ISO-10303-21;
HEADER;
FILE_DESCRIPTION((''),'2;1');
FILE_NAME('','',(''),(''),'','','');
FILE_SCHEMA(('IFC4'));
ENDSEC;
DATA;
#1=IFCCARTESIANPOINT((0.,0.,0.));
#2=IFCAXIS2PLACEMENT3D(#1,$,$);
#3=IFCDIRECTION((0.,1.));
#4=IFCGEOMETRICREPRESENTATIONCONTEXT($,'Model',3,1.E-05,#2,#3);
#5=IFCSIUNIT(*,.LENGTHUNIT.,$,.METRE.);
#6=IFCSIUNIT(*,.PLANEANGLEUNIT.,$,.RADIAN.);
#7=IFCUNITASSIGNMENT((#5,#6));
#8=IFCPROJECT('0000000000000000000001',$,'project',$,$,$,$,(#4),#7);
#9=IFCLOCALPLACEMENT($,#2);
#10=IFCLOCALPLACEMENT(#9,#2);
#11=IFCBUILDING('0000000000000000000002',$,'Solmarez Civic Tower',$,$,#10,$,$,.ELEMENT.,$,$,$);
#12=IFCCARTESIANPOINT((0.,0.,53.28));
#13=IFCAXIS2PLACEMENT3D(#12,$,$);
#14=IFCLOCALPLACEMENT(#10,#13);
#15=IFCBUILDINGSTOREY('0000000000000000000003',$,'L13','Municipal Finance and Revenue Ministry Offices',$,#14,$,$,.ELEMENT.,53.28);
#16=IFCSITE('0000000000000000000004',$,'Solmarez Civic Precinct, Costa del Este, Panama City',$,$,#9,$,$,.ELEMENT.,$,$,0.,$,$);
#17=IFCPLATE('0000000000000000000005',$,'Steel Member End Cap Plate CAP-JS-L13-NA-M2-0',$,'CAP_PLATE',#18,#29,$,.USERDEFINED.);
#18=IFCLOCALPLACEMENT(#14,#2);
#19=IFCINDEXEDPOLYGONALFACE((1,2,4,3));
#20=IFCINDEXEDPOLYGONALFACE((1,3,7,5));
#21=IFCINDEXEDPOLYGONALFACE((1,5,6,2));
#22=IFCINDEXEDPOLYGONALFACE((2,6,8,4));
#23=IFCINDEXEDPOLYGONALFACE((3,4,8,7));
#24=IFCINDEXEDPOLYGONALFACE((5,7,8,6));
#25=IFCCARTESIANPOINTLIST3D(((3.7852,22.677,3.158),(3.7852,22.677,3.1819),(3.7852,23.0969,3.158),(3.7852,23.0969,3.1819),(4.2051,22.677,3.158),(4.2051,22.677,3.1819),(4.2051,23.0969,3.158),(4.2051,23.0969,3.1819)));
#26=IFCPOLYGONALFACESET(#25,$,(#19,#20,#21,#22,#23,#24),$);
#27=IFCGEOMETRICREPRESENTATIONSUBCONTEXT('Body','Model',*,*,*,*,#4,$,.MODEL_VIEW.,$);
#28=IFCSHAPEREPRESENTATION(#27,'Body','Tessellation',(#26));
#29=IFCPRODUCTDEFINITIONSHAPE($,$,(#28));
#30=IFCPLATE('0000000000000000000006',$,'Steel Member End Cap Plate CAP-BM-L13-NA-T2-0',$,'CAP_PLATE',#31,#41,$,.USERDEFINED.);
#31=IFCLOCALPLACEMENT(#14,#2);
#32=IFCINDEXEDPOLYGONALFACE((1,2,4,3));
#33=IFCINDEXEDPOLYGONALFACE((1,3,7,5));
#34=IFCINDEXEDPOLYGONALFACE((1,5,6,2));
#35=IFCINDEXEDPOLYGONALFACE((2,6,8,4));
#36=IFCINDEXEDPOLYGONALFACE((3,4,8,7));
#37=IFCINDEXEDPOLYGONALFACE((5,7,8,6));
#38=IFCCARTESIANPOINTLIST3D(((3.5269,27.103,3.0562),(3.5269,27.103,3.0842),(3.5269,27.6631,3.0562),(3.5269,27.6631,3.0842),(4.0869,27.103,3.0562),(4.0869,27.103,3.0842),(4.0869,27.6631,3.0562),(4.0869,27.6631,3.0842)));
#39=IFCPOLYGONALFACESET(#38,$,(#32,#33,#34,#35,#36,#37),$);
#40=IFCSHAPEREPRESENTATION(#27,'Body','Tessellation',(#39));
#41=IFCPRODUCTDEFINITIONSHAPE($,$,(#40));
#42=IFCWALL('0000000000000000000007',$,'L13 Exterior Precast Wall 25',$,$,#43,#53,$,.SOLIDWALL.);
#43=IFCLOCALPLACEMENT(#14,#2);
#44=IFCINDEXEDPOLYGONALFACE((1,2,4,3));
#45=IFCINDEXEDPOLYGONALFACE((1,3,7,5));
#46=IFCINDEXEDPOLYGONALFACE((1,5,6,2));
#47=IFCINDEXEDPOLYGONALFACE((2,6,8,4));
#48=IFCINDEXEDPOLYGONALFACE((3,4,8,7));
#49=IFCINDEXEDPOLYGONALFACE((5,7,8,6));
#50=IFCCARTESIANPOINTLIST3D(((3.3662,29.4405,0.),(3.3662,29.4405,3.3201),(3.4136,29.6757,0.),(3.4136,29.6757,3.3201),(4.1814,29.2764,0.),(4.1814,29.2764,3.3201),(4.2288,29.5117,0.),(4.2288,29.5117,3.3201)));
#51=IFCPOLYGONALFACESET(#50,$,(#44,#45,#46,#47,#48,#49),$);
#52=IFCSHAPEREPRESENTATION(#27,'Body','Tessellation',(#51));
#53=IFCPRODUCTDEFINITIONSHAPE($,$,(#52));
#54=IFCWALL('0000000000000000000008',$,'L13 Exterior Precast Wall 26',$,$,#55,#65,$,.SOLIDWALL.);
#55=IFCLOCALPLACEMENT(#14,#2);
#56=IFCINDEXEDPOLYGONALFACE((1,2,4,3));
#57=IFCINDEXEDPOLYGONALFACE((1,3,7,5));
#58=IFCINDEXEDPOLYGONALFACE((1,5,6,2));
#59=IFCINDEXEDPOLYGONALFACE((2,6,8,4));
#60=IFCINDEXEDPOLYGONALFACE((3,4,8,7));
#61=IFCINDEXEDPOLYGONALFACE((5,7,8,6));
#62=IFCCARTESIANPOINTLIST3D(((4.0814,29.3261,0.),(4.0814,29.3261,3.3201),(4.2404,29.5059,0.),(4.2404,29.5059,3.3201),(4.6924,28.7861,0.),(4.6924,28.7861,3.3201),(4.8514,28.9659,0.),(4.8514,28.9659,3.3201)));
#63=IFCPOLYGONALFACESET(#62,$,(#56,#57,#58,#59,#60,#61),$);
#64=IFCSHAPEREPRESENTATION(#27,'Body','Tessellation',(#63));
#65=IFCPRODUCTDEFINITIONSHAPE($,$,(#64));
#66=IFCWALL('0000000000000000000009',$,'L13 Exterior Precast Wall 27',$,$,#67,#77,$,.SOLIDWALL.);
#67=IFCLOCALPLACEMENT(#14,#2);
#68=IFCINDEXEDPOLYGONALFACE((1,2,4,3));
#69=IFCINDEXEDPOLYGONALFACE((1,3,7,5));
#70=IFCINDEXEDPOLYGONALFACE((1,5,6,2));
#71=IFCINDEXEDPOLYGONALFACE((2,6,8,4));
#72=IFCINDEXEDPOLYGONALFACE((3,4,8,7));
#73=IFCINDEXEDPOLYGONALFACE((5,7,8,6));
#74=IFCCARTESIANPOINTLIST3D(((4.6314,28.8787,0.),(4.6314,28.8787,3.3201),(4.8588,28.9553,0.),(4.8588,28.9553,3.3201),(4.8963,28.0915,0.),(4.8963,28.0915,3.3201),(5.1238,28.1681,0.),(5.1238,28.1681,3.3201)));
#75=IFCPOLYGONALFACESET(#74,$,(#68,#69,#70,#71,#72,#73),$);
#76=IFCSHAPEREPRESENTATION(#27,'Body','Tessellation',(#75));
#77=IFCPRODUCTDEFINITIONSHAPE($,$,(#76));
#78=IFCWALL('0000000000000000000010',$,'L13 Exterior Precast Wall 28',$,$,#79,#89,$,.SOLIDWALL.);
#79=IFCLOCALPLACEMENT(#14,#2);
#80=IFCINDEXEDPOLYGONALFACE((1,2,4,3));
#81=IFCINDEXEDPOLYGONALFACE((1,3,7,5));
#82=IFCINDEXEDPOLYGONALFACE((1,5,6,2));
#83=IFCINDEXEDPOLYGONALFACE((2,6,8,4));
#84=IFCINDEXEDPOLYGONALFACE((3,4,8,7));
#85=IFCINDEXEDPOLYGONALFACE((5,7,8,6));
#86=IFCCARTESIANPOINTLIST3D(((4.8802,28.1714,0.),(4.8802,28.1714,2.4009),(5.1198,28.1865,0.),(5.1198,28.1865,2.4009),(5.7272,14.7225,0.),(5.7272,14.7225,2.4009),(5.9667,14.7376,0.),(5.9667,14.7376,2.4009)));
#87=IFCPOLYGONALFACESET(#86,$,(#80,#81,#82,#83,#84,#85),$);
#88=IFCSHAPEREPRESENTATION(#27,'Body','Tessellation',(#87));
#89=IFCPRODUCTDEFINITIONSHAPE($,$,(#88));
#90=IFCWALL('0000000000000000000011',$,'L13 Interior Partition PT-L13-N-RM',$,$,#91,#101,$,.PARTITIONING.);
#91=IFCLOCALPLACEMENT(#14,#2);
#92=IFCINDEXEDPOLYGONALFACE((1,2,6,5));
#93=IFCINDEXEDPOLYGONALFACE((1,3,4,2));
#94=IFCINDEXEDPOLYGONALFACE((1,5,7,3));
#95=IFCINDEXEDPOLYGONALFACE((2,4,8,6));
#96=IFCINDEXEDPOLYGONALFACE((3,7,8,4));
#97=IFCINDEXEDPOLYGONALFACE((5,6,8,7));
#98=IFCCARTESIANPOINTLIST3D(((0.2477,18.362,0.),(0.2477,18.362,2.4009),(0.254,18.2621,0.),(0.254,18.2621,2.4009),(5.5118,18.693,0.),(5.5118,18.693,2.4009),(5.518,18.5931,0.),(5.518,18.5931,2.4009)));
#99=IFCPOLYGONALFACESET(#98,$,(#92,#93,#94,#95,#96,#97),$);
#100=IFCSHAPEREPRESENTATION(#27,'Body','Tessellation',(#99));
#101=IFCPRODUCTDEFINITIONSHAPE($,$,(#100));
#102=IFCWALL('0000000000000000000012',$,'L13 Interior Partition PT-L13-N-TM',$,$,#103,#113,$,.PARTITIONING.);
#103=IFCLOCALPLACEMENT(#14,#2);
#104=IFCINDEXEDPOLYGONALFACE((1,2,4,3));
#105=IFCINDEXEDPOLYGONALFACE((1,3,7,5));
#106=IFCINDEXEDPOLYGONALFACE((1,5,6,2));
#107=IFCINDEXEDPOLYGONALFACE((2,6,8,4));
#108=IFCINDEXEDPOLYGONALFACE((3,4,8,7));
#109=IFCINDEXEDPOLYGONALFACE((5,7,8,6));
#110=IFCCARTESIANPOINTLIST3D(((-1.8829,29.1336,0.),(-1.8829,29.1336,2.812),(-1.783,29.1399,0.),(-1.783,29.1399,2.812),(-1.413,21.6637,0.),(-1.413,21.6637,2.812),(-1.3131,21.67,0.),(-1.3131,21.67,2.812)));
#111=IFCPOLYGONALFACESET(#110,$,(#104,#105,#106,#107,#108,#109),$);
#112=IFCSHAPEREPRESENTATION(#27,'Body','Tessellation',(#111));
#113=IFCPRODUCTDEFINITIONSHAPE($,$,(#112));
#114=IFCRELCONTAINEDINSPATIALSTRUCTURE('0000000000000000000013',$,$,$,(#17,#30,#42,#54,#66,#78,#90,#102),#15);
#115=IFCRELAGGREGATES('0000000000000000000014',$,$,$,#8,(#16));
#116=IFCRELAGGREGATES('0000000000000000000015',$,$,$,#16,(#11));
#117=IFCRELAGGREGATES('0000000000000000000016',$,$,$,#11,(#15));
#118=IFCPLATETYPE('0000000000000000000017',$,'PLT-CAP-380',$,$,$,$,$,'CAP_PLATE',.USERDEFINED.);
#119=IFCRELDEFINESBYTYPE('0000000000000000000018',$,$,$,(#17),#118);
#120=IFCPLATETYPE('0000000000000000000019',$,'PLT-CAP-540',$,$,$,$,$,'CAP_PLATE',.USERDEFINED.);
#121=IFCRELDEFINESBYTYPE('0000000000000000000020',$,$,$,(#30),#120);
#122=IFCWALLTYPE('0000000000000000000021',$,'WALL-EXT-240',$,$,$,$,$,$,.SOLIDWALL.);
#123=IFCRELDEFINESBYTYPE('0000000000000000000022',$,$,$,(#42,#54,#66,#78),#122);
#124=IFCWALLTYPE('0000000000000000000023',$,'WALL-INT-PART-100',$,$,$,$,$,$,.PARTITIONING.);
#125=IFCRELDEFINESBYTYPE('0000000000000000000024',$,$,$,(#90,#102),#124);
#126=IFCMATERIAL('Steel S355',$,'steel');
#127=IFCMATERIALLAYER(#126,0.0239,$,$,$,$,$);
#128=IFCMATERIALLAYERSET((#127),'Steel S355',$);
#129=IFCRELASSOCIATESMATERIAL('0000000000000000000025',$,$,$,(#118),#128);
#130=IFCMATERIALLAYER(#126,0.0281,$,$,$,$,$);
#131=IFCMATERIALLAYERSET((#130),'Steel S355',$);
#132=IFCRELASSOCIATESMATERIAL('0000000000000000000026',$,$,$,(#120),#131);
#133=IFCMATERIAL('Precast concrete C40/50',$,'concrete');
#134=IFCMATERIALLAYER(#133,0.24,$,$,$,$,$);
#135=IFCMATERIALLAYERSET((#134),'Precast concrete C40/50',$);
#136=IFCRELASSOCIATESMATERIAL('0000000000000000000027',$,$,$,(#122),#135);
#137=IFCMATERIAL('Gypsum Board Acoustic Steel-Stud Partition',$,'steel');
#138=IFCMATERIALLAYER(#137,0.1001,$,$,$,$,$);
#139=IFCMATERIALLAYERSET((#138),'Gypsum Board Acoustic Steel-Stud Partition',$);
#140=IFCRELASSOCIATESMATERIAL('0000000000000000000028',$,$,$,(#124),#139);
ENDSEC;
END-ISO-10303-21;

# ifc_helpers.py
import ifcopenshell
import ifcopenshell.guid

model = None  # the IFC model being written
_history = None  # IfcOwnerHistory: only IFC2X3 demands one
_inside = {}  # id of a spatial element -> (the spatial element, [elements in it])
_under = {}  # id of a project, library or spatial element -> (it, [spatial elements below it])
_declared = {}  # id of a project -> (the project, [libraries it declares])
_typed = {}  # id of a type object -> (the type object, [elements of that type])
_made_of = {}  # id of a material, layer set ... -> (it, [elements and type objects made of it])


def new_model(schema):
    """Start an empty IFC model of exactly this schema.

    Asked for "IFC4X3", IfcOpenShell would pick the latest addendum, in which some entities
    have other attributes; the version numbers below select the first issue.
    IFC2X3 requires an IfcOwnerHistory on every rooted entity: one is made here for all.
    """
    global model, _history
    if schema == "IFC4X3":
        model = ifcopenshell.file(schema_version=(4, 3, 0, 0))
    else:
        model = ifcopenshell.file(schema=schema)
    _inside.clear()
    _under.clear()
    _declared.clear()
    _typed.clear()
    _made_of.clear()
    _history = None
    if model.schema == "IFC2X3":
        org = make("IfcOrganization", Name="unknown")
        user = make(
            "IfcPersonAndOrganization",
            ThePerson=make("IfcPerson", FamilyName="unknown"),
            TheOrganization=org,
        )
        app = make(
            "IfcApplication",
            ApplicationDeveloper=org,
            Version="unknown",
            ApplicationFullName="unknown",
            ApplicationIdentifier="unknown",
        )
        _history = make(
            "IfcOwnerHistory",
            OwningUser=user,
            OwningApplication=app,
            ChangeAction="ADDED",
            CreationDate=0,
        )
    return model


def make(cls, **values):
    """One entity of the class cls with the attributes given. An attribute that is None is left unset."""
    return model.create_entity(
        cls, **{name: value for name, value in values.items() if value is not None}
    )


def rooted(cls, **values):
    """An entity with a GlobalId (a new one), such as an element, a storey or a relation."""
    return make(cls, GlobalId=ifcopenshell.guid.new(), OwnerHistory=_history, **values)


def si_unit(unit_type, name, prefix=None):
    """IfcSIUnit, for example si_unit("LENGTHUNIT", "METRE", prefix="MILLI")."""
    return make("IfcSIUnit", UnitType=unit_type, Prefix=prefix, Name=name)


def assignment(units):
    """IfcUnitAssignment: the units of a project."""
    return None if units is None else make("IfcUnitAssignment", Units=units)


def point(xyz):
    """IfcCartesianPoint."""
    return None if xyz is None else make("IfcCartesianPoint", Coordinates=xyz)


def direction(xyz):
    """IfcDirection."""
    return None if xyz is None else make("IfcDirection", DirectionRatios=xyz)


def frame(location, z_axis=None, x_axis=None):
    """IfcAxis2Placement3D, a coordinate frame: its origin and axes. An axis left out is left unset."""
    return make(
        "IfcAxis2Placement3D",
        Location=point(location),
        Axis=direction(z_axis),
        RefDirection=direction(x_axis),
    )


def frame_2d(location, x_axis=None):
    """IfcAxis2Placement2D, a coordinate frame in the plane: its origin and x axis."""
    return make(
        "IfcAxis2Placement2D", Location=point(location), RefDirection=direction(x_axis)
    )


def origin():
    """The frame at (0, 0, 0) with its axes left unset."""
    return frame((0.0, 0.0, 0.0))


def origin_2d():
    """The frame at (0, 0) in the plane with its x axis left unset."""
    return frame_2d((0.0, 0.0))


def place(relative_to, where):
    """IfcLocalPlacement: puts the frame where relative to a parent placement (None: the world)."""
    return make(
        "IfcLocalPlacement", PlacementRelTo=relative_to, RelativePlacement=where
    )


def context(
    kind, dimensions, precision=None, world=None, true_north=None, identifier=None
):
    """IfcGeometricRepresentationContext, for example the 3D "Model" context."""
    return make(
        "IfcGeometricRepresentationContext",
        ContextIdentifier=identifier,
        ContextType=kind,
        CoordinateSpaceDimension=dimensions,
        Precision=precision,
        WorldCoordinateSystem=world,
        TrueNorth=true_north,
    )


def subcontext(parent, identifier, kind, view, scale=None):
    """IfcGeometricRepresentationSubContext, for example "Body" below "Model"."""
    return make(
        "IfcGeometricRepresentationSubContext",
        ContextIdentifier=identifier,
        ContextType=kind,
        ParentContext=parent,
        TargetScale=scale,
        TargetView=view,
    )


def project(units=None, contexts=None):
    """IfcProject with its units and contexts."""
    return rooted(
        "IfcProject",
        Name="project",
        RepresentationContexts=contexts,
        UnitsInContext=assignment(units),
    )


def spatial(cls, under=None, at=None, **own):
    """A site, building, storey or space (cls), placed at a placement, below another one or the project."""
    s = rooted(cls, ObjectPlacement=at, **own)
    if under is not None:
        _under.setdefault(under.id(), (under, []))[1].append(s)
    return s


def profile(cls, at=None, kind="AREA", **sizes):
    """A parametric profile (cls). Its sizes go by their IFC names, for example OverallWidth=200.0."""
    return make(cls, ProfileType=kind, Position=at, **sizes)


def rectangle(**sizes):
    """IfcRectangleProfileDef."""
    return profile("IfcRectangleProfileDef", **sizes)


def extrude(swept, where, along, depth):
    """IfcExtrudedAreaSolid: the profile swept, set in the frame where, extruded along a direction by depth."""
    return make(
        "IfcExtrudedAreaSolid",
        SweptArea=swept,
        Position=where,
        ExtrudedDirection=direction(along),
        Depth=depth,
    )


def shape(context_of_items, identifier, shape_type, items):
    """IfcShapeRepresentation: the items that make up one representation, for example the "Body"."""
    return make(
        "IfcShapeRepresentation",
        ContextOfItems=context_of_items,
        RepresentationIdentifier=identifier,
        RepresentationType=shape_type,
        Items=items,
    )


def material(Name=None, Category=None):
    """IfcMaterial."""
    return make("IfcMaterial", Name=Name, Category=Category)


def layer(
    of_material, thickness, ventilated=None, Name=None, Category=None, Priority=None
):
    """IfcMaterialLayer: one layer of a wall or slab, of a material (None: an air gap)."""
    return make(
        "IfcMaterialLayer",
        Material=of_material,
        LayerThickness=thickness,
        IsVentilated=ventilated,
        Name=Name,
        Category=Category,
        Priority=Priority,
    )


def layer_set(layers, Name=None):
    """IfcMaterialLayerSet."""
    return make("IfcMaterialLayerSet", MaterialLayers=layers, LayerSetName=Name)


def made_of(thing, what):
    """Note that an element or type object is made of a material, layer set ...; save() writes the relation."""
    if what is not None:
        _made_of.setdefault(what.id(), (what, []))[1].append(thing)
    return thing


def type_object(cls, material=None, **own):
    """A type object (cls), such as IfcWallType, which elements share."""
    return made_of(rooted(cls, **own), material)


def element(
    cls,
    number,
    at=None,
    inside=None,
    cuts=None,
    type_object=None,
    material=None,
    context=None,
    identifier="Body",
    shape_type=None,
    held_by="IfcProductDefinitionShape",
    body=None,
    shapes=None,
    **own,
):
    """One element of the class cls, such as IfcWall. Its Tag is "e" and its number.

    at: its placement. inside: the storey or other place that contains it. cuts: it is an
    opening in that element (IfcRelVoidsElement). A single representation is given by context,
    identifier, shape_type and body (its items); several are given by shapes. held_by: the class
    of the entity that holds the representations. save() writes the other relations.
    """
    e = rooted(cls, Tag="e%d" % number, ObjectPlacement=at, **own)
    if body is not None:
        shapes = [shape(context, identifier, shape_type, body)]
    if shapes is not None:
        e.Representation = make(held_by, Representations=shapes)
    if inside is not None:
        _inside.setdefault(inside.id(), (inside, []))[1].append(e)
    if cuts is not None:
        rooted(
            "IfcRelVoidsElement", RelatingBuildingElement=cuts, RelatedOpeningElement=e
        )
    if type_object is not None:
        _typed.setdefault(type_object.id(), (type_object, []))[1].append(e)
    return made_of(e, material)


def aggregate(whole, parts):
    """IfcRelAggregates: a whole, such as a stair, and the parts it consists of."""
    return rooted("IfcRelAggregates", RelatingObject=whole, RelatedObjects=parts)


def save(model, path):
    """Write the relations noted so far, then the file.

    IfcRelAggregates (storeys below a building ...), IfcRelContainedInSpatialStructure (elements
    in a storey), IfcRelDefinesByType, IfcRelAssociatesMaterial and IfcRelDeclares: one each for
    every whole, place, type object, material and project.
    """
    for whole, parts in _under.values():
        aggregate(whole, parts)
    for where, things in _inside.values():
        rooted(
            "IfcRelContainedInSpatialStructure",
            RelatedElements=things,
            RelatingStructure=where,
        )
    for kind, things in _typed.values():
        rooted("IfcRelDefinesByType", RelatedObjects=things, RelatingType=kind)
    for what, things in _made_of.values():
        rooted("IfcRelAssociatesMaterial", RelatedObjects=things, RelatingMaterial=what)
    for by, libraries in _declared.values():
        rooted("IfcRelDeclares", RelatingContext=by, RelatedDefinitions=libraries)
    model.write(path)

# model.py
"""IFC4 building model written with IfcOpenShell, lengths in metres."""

from ifc_helpers import new_model, si_unit, direction, frame, frame_2d, origin, origin_2d, place, context, subcontext, project, spatial, rectangle, extrude, material, layer, layer_set, type_object, element, save


model = new_model("IFC4")

# Units and contexts
model_context = context("Model", 3, precision=1e-05, world=origin(), true_north=direction((0.0, 1.0)))
body_context = subcontext(model_context, "Body", "Model", "MODEL_VIEW")
ifc_project = project(units=[si_unit("LENGTHUNIT", "METRE"), si_unit("PLANEANGLEUNIT", "RADIAN")], contexts=[model_context])

# Site, building, storey
site_placement = place(None, origin())
site = spatial("IfcSite", under=ifc_project, at=site_placement, Name="Solmarez Civic Precinct, Costa del Este, Panama City", CompositionType="ELEMENT", RefElevation=0.0)
building_placement = place(site_placement, origin())
building = spatial("IfcBuilding", under=site, at=building_placement, Name="Solmarez Civic Tower", CompositionType="ELEMENT")
storey_placement = place(building_placement, frame((0.0, 0.0, 53.28)))
storey = spatial("IfcBuildingStorey", under=building, at=storey_placement, Name="L13", Description="Municipal Finance and Revenue Ministry Offices", CompositionType="ELEMENT", Elevation=53.28)

# Shared definitions
ifc_material_1 = material(Name="Steel S355", Category="steel")

# Plates
ifc_layer_1 = layer(ifc_material_1, 0.0239)
ifc_layer_set_1 = layer_set([ifc_layer_1], Name="Steel S355")
plate_type_1 = type_object("IfcPlateType", Name="PLT-CAP-380", ElementType="CAP_PLATE", PredefinedType="USERDEFINED", material=ifc_layer_set_1)
plate_1_placement = place(storey_placement, frame((3.9951, 22.887, 3.158), z_axis=(0.0, 0.0, 1.0), x_axis=(1.0, 0.0, 0.0)))
element("IfcPlate", 1, at=plate_1_placement, inside=storey, type_object=plate_type_1, Name="Steel Member End Cap Plate CAP-JS-L13-NA-M2-0", ObjectType="CAP_PLATE", PredefinedType="USERDEFINED", context=body_context, shape_type="SweptSolid", body=[
    extrude(rectangle(XDim=0.4199, YDim=0.4199, at=origin_2d()), origin(), (0.0, 0.0, 1.0), 0.0239),
])
ifc_layer_2 = layer(ifc_material_1, 0.0281)
ifc_layer_set_2 = layer_set([ifc_layer_2], Name="Steel S355")
plate_type_2 = type_object("IfcPlateType", Name="PLT-CAP-540", ElementType="CAP_PLATE", PredefinedType="USERDEFINED", material=ifc_layer_set_2)
plate_2_placement = place(storey_placement, frame((3.8069, 27.3831, 3.0562), z_axis=(0.0, 0.0, 1.0), x_axis=(1.0, 0.0, 0.0)))
element("IfcPlate", 2, at=plate_2_placement, inside=storey, type_object=plate_type_2, Name="Steel Member End Cap Plate CAP-BM-L13-NA-T2-0", ObjectType="CAP_PLATE", PredefinedType="USERDEFINED", context=body_context, shape_type="SweptSolid", body=[
    extrude(rectangle(XDim=0.5601, YDim=0.5601, at=origin_2d()), origin(), (0.0, 0.0, 1.0), 0.0281),
])

# Walls
ifc_material_2 = material(Name="Precast concrete C40/50", Category="concrete")
ifc_layer_3 = layer(ifc_material_2, 0.24)
ifc_layer_set_3 = layer_set([ifc_layer_3], Name="Precast concrete C40/50")
wall_type_1 = type_object("IfcWallType", Name="WALL-EXT-240", PredefinedType="SOLIDWALL", material=ifc_layer_set_3)
wall_1_placement = place(storey_placement, frame((3.3899, 29.5581, 0.0), z_axis=(0.0, 0.0, 1.0), x_axis=(0.980343, -0.197302, 0.0)))
element("IfcWall", 3, at=wall_1_placement, inside=storey, type_object=wall_type_1, Name="L13 Exterior Precast Wall 25", PredefinedType="SOLIDWALL", context=body_context, shape_type="SweptSolid", body=[
    extrude(rectangle(XDim=0.8315, YDim=0.24, at=frame_2d((0.4158, 0.0))), origin(), (0.0, 0.0, 1.0), 3.3201),
])
wall_2_placement = place(storey_placement, frame((4.1609, 29.416, 0.0), z_axis=(0.0, 0.0, 1.0), x_axis=(0.749322, -0.662206, 0.0)))
element("IfcWall", 4, at=wall_2_placement, inside=storey, type_object=wall_type_1, Name="L13 Exterior Precast Wall 26", PredefinedType="SOLIDWALL", context=body_context, shape_type="SweptSolid", body=[
    extrude(rectangle(XDim=0.8154, YDim=0.24, at=frame_2d((0.4077, 0.0))), origin(), (0.0, 0.0, 1.0), 3.3201),
])
wall_3_placement = place(storey_placement, frame((4.7451, 28.917, 0.0), z_axis=(0.0, 0.0, 1.0), x_axis=(0.31896, -0.947768, 0.0)))
element("IfcWall", 5, at=wall_3_placement, inside=storey, type_object=wall_type_1, Name="L13 Exterior Precast Wall 27", PredefinedType="SOLIDWALL", context=body_context, shape_type="SweptSolid", body=[
    extrude(rectangle(XDim=0.8306, YDim=0.24, at=frame_2d((0.4153, 0.0))), origin(), (0.0, 0.0, 1.0), 3.3201),
])
wall_4_placement = place(storey_placement, frame((5.0, 28.179, 0.0), z_axis=(0.0, 0.0, 1.0), x_axis=(0.062849, -0.998023, 0.0)))
element("IfcWall", 6, at=wall_4_placement, inside=storey, type_object=wall_type_1, Name="L13 Exterior Precast Wall 28", PredefinedType="SOLIDWALL", context=body_context, shape_type="SweptSolid", body=[
    extrude(rectangle(XDim=13.4756, YDim=0.24, at=frame_2d((6.7378, 0.0))), origin(), (0.0, 0.0, 1.0), 2.4009),
])
ifc_material_3 = material(Name="Gypsum Board Acoustic Steel-Stud Partition", Category="steel")
ifc_layer_4 = layer(ifc_material_3, 0.1001)
ifc_layer_set_4 = layer_set([ifc_layer_4], Name="Gypsum Board Acoustic Steel-Stud Partition")
wall_type_2 = type_object("IfcWallType", Name="WALL-INT-PART-100", PredefinedType="PARTITIONING", material=ifc_layer_set_4)
wall_5_placement = place(storey_placement, frame((5.5149, 18.6431, 0.0), z_axis=(0.0, 0.0, 1.0), x_axis=(-0.998028, -0.062767, 0.0)))
element("IfcWall", 7, at=wall_5_placement, inside=storey, type_object=wall_type_2, Name="L13 Interior Partition PT-L13-N-RM", PredefinedType="PARTITIONING", context=body_context, shape_type="SweptSolid", body=[
    extrude(rectangle(XDim=5.2744, YDim=0.1001, at=frame_2d((2.6372, 0.0))), origin(), (0.0, 0.0, 1.0), 2.4009),
])
wall_6_placement = place(storey_placement, frame((-1.363, 21.667, 0.0), z_axis=(0.0, 0.0, 1.0), x_axis=(-0.062791, 0.998027, 0.0)))
element("IfcWall", 8, at=wall_6_placement, inside=storey, type_object=wall_type_2, Name="L13 Interior Partition PT-L13-N-TM", PredefinedType="PARTITIONING", context=body_context, shape_type="SweptSolid", body=[
    extrude(rectangle(XDim=7.4846, YDim=0.1001, at=frame_2d((3.7422, 0.0))), origin(), (0.0, 0.0, 1.0), 2.812),
])

save(model, "model.ifc")
